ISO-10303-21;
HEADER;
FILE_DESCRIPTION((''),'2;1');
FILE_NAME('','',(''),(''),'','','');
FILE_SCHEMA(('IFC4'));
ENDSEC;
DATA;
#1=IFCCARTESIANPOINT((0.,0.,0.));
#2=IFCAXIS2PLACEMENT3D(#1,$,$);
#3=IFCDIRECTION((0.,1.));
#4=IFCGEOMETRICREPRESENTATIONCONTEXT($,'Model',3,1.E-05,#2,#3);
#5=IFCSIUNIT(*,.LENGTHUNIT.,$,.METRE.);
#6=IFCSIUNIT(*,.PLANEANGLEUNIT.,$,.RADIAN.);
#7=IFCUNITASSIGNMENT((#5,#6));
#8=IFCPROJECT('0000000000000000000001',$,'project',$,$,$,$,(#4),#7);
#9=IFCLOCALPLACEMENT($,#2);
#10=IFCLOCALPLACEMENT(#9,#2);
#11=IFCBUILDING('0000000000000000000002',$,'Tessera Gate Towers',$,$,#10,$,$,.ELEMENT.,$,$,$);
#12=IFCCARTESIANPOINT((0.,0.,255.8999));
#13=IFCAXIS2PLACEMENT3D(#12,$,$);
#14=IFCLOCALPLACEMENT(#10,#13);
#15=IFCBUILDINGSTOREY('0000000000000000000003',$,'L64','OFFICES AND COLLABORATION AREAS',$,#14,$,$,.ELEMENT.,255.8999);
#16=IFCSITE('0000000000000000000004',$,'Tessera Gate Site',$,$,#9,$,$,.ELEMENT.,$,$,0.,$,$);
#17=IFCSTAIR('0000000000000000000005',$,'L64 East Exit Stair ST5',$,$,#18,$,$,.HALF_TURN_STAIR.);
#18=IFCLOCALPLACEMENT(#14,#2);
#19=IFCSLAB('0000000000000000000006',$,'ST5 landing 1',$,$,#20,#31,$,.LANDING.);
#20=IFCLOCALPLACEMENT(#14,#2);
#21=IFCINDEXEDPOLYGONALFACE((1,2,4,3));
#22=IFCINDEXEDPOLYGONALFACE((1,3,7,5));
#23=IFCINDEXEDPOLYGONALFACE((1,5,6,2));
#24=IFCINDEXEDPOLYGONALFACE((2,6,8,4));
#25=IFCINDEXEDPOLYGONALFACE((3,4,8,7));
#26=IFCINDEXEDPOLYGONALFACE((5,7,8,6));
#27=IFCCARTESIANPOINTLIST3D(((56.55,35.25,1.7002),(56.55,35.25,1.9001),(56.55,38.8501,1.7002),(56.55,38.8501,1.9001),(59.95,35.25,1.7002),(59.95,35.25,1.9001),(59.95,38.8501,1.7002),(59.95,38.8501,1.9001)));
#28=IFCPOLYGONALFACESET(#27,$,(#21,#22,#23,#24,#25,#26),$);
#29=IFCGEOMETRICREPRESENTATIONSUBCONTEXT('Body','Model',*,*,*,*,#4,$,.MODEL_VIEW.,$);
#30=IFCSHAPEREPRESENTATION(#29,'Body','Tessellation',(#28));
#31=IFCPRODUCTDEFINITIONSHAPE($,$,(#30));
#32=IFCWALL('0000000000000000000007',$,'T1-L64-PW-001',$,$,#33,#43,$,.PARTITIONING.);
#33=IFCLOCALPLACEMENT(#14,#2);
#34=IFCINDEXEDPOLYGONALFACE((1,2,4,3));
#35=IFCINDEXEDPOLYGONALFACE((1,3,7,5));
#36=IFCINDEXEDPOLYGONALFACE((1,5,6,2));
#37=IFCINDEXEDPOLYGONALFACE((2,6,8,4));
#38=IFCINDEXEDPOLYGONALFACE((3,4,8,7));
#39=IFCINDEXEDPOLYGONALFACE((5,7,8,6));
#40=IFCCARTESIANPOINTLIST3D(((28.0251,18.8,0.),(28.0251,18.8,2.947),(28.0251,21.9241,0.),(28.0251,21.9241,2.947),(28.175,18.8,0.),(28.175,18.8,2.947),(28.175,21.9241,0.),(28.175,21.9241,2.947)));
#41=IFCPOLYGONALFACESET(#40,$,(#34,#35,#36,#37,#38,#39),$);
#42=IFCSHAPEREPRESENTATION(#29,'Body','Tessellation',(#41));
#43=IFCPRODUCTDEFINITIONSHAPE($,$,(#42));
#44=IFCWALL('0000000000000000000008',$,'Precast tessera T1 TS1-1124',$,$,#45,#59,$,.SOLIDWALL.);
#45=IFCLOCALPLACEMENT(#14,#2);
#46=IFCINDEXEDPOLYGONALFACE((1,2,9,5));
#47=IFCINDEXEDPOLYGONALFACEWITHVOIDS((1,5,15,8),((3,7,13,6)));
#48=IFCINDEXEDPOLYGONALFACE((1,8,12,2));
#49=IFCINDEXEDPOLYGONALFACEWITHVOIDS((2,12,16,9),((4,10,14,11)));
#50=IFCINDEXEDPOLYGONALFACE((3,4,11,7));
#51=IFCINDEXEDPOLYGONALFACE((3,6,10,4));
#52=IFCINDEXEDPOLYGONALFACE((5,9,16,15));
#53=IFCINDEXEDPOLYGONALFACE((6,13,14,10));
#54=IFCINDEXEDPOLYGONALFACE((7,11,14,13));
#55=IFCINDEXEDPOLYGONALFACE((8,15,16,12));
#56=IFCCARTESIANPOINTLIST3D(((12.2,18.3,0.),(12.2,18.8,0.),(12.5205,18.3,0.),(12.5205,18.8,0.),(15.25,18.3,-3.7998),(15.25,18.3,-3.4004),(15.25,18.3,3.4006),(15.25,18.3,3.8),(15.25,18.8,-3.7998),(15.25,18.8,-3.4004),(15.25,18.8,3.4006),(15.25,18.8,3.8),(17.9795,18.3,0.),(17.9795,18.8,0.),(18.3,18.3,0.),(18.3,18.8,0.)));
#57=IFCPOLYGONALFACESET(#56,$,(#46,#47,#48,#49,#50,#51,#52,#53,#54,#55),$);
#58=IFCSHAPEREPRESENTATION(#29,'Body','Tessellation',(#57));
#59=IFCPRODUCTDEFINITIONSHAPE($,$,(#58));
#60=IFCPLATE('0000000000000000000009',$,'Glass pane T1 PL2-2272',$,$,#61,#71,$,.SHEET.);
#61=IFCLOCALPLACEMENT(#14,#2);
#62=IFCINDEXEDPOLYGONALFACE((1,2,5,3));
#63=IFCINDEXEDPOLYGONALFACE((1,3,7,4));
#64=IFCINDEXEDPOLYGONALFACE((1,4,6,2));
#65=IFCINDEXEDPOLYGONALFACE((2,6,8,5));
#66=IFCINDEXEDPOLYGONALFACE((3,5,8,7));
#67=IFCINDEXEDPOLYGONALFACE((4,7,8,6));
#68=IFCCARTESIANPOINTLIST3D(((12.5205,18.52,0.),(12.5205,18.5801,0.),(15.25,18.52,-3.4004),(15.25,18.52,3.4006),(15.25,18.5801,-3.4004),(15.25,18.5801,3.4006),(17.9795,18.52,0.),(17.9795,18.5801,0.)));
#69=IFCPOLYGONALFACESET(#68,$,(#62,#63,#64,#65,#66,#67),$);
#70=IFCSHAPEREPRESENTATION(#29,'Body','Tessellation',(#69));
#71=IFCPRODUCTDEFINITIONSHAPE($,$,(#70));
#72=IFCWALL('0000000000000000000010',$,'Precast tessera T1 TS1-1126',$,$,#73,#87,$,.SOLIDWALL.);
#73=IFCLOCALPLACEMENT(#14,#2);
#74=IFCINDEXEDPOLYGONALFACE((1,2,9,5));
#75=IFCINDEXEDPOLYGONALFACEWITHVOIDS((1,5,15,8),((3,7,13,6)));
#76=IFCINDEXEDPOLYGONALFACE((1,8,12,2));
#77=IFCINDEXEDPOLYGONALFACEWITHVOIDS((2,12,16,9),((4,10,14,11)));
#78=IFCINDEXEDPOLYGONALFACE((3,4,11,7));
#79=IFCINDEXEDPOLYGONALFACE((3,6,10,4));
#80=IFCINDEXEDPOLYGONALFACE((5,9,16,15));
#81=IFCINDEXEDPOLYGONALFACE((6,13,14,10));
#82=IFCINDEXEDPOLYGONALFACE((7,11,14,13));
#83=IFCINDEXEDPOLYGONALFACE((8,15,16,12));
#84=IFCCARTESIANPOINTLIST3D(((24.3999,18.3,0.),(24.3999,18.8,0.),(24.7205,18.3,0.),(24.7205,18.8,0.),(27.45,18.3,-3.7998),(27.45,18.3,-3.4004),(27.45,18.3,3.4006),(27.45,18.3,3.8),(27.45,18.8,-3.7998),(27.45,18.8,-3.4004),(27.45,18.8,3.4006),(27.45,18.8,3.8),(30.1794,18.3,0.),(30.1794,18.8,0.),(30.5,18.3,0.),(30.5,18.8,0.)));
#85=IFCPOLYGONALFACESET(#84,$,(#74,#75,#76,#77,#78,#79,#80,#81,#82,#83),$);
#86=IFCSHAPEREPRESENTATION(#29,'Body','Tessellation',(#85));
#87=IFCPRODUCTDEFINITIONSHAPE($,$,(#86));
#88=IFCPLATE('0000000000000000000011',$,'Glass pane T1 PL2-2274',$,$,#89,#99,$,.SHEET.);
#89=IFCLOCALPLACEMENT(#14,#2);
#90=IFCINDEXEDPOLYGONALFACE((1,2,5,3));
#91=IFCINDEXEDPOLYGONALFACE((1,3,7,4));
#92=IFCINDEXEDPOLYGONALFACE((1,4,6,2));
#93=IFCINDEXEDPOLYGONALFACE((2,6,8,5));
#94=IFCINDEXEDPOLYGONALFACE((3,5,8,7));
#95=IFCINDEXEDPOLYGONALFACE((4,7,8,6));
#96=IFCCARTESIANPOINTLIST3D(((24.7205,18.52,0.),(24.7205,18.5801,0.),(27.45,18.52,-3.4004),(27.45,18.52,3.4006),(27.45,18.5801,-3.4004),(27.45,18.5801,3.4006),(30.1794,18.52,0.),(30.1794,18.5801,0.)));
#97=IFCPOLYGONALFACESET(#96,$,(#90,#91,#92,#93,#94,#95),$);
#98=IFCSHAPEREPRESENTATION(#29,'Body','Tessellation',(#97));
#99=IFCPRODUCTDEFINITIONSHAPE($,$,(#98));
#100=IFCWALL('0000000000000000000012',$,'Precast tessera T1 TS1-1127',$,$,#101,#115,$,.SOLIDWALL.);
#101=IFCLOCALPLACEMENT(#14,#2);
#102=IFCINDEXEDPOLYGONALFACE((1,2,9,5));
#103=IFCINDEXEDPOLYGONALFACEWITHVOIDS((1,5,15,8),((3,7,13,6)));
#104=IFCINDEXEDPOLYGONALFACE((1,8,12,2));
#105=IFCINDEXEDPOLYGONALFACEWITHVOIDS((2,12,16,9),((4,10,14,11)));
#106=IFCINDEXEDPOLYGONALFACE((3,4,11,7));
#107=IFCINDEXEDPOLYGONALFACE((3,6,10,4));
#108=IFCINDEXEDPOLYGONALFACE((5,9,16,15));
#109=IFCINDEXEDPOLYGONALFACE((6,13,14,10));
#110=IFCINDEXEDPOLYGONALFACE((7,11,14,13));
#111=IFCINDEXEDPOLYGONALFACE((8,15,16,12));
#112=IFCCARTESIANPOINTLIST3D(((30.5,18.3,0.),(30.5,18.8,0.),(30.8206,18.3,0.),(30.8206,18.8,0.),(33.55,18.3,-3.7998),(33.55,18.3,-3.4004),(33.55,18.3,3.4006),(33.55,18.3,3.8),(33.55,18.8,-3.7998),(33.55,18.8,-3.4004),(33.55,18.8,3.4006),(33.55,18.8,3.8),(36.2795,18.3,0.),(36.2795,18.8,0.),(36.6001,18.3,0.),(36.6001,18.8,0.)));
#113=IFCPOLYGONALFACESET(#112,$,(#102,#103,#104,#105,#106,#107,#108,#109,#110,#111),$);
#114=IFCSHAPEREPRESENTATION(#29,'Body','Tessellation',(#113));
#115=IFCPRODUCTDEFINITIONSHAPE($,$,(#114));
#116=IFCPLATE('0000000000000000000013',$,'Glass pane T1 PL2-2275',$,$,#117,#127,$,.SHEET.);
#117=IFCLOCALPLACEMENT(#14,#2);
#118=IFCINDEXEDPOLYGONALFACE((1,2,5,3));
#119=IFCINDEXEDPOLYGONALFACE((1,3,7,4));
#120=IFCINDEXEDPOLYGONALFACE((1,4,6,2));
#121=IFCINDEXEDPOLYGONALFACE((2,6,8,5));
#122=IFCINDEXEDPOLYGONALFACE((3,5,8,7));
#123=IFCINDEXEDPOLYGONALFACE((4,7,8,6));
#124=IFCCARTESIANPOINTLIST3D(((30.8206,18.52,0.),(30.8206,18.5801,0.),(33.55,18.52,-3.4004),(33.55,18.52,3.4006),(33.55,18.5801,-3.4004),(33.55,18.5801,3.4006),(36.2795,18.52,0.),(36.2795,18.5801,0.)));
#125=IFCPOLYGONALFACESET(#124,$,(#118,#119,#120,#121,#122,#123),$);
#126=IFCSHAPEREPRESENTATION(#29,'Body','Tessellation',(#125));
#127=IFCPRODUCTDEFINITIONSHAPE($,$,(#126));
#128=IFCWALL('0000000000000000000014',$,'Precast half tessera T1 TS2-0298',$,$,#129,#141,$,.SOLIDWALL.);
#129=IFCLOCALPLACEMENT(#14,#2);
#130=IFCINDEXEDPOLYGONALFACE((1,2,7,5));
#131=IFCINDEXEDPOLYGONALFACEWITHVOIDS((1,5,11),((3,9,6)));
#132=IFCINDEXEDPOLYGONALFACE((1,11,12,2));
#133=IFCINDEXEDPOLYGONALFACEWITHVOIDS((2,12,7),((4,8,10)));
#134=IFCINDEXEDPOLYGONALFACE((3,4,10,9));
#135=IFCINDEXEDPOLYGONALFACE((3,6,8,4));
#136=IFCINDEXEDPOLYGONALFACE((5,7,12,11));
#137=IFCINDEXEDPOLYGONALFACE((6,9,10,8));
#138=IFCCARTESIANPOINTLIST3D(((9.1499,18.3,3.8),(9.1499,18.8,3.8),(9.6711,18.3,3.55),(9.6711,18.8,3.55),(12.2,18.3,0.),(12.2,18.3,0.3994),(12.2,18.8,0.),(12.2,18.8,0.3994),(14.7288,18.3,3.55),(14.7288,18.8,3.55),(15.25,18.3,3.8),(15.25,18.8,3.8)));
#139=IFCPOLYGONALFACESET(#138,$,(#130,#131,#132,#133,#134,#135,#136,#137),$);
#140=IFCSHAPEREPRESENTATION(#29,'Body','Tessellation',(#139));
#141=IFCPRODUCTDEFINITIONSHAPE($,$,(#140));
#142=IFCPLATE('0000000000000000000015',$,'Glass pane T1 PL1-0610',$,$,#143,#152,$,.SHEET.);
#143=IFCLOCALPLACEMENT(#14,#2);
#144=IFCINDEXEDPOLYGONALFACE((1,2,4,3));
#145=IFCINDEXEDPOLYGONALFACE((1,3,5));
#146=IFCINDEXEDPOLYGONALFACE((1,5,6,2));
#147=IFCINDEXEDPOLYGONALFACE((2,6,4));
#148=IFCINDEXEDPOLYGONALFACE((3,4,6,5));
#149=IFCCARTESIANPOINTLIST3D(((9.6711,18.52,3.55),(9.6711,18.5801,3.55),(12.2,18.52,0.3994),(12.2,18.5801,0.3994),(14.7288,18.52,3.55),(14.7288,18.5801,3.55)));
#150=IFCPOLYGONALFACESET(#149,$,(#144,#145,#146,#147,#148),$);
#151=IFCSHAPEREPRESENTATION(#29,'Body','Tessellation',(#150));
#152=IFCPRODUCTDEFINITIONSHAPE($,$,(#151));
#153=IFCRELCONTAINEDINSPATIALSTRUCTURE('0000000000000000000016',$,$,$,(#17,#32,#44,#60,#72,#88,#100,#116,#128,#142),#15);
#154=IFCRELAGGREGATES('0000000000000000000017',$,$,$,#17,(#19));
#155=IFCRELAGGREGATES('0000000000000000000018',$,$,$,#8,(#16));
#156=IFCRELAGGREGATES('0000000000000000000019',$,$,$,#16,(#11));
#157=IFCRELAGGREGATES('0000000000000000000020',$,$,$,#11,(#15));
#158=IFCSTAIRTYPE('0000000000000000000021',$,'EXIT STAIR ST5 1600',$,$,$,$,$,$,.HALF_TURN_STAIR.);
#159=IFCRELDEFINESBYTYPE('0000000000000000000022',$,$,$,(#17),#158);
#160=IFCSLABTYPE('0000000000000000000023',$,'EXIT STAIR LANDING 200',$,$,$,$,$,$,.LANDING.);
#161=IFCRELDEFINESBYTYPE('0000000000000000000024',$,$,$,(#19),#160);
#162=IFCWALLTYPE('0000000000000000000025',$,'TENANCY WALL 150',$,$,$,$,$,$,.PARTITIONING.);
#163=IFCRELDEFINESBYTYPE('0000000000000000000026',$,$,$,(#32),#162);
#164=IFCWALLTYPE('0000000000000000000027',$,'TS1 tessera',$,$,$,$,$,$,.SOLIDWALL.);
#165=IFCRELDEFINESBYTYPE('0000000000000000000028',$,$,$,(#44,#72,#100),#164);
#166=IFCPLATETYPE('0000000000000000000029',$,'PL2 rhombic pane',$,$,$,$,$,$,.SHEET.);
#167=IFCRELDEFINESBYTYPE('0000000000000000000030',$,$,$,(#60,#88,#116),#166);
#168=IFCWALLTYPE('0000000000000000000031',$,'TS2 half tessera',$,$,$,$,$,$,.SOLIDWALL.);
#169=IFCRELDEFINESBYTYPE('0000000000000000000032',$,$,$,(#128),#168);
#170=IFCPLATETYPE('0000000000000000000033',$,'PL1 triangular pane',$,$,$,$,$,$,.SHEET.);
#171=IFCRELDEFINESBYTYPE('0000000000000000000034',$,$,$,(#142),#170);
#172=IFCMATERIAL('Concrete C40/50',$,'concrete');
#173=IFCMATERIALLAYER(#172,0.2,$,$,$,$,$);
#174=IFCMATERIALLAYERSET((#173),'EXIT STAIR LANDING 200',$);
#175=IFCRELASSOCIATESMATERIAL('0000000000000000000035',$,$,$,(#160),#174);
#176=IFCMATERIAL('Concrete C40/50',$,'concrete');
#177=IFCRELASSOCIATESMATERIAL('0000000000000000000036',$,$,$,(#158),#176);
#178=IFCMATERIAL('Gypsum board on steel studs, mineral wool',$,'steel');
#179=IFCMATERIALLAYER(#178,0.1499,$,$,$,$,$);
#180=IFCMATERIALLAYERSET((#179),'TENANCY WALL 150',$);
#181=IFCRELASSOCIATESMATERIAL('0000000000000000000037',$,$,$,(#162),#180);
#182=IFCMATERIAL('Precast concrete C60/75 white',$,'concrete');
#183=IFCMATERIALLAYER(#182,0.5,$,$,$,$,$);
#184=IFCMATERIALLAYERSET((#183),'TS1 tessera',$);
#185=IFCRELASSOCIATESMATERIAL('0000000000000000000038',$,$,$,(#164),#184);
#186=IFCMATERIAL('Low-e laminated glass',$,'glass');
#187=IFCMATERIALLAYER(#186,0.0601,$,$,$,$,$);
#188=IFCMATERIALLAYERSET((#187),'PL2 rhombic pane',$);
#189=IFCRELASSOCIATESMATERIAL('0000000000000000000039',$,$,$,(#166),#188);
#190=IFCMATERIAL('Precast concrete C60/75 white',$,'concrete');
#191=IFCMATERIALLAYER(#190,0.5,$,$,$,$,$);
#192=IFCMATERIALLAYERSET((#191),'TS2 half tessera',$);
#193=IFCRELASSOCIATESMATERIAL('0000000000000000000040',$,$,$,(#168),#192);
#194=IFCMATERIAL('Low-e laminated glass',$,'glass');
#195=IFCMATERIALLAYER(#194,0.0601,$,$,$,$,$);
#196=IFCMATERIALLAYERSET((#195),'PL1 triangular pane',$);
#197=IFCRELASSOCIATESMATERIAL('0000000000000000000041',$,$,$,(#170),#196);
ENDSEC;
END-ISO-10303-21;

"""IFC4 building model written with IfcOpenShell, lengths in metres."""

from ifc_helpers import new_model, si_unit, direction, frame, frame_2d, origin, place, context, subcontext, project, spatial, polyline, rectangle, outline, extrude, source, transform, mapped, material, layer, layer_set, type_object, element, fill, aggregate, save


model = new_model("IFC4")

# Units and contexts
model_context = context("Model", 3, precision=1e-05, world=origin(), true_north=direction((0.0, 1.0)))
body_context = subcontext(model_context, "Body", "Model", "MODEL_VIEW")
ifc_project = project(units=[si_unit("LENGTHUNIT", "METRE"), si_unit("PLANEANGLEUNIT", "RADIAN")], contexts=[model_context])

# Site, building, storey
site_placement = place(None, origin())
site = spatial("IfcSite", under=ifc_project, at=site_placement, Name="Tessera Gate Site", CompositionType="ELEMENT", RefElevation=0.0)
building_placement = place(site_placement, origin())
building = spatial("IfcBuilding", under=site, at=building_placement, Name="Tessera Gate Towers", CompositionType="ELEMENT")
storey_placement = place(building_placement, frame((0.0, 0.0, 255.8999)))
storey = spatial("IfcBuildingStorey", under=building, at=storey_placement, Name="L64", Description="OFFICES AND COLLABORATION AREAS", CompositionType="ELEMENT", Elevation=255.8999)

# Stair, slab
ifc_material_1 = material(Name="Concrete C40/50", Category="concrete")
ifc_layer_1 = layer(ifc_material_1, 0.2)
ifc_layer_set_1 = layer_set([ifc_layer_1], Name="EXIT STAIR LANDING 200")
slab_type_1 = type_object("IfcSlabType", Name="EXIT STAIR LANDING 200", PredefinedType="LANDING", material=ifc_layer_set_1)
ifc_material_2 = material(Name="Concrete C40/50", Category="concrete")
stair_type_1 = type_object("IfcStairType", Name="EXIT STAIR ST5 1600", PredefinedType="HALF_TURN_STAIR", material=ifc_material_2)
stair_1_placement = place(storey_placement, origin())
stair_1 = element("IfcStair", 1, at=stair_1_placement, inside=storey, type_object=stair_type_1, Name="L64 East Exit Stair ST5", PredefinedType="HALF_TURN_STAIR")
slab_1_placement = place(storey_placement, frame((0.0, 0.0, 1.7002)))
slab_1 = element("IfcSlab", 2, at=slab_1_placement, type_object=slab_type_1, Name="ST5 landing 1", PredefinedType="LANDING", context=body_context, shape_type="SweptSolid", body=[
    extrude(outline(polyline([(59.95, 35.25), (59.95, 38.8501), (56.55, 38.8501), (56.55, 35.25), (59.95, 35.25)])), origin(), (0.0, 0.0, 1.0), 0.2),
])
aggregate(stair_1, [slab_1])

# Wall
ifc_material_3 = material(Name="Gypsum board on steel studs, mineral wool", Category="steel")
ifc_layer_2 = layer(ifc_material_3, 0.1499)
ifc_layer_set_2 = layer_set([ifc_layer_2], Name="TENANCY WALL 150")
wall_type_1 = type_object("IfcWallType", Name="TENANCY WALL 150", PredefinedType="PARTITIONING", material=ifc_layer_set_2)
wall_1_placement = place(storey_placement, frame((28.1001, 18.8, 0.0), z_axis=(0.0, 0.0, 1.0), x_axis=(0.0, 1.0, 0.0)))
element("IfcWall", 3, at=wall_1_placement, inside=storey, type_object=wall_type_1, Name="T1-L64-PW-001", PredefinedType="PARTITIONING", context=body_context, shape_type="SweptSolid", body=[
    extrude(rectangle(XDim=3.124, YDim=0.1499, at=frame_2d((1.562, 0.0))), origin(), (0.0, 0.0, 1.0), 2.947),
])

# Walls, openings, plates
ifc_material_4 = material(Name="Precast concrete C60/75 white", Category="concrete")
ifc_layer_3 = layer(ifc_material_4, 0.5)
ifc_layer_set_3 = layer_set([ifc_layer_3], Name="TS1 tessera")
wall_type_2 = type_object("IfcWallType", Name="TS1 tessera", PredefinedType="SOLIDWALL", material=ifc_layer_set_3)
shared_shape_1 = source(origin(), body_context, "Body", "SweptSolid", [
    extrude(outline(polyline([(3.05, 0.0), (6.1001, 3.7998), (3.05, 7.5999), (0.0, 3.7998), (3.05, 0.0)])), frame((0.0, 0.25, 0.0), z_axis=(0.0, -1.0, 0.0), x_axis=(1.0, 0.0, 0.0)), (0.0, 0.0, 1.0), 0.5),
])
wall_2_placement = place(storey_placement, frame((12.2, 18.55, -3.7998), z_axis=(0.0, 0.0, 1.0), x_axis=(1.0, 0.0, 0.0)))
wall_2 = element("IfcWall", 4, at=wall_2_placement, inside=storey, type_object=wall_type_2, Name="Precast tessera T1 TS1-1124", PredefinedType="SOLIDWALL", context=body_context, shape_type="MappedRepresentation", body=[
    mapped(shared_shape_1, transform((0.0, 0.0, 0.0), scale=1.0)),
])
shared_shape_2 = source(origin(), body_context, "Body", "SweptSolid", [
    extrude(outline(polyline([(3.05, 0.3994), (5.7795, 3.7998), (3.05, 7.2004), (0.3206, 3.7998), (3.05, 0.3994)])), frame((0.0, 0.26, 0.0), z_axis=(0.0, -1.0, 0.0), x_axis=(1.0, 0.0, 0.0)), (0.0, 0.0, 1.0), 0.52),
])
opening_1_placement = place(wall_2_placement, origin())
opening_1 = element("IfcOpeningElement", 5, at=opening_1_placement, cuts=wall_2, PredefinedType="OPENING", context=body_context, shape_type="MappedRepresentation", body=[
    mapped(shared_shape_2, transform((0.0, 0.0, 0.0), scale=1.0)),
])
ifc_material_5 = material(Name="Low-e laminated glass", Category="glass")
ifc_layer_4 = layer(ifc_material_5, 0.0601)
ifc_layer_set_4 = layer_set([ifc_layer_4], Name="PL2 rhombic pane")
plate_type_1 = type_object("IfcPlateType", Name="PL2 rhombic pane", PredefinedType="SHEET", material=ifc_layer_set_4)
shared_shape_3 = source(origin(), body_context, "Body", "SweptSolid", [
    extrude(outline(polyline([(3.05, 0.3994), (5.7795, 3.7998), (3.05, 7.2004), (0.3206, 3.7998), (3.05, 0.3994)])), frame((0.0, 0.03, 0.0), z_axis=(0.0, -1.0, 0.0), x_axis=(1.0, 0.0, 0.0)), (0.0, 0.0, 1.0), 0.0601),
])
plate_1_placement = place(opening_1_placement, origin())
plate_1 = element("IfcPlate", 6, at=plate_1_placement, inside=storey, type_object=plate_type_1, Name="Glass pane T1 PL2-2272", PredefinedType="SHEET", context=body_context, shape_type="MappedRepresentation", body=[
    mapped(shared_shape_3, transform((0.0, 0.0, 0.0), scale=1.0)),
])
fill(opening_1, plate_1)
wall_3_placement = place(storey_placement, frame((24.3999, 18.55, -3.7998), z_axis=(0.0, 0.0, 1.0), x_axis=(1.0, 0.0, 0.0)))
wall_3 = element("IfcWall", 7, at=wall_3_placement, inside=storey, type_object=wall_type_2, Name="Precast tessera T1 TS1-1126", PredefinedType="SOLIDWALL", context=body_context, shape_type="MappedRepresentation", body=[
    mapped(shared_shape_1, transform((0.0, 0.0, 0.0), scale=1.0)),
])
opening_2_placement = place(wall_3_placement, origin())
opening_2 = element("IfcOpeningElement", 8, at=opening_2_placement, cuts=wall_3, PredefinedType="OPENING", context=body_context, shape_type="MappedRepresentation", body=[
    mapped(shared_shape_2, transform((0.0, 0.0, 0.0), scale=1.0)),
])
plate_2_placement = place(opening_2_placement, origin())
plate_2 = element("IfcPlate", 9, at=plate_2_placement, inside=storey, type_object=plate_type_1, Name="Glass pane T1 PL2-2274", PredefinedType="SHEET", context=body_context, shape_type="MappedRepresentation", body=[
    mapped(shared_shape_3, transform((0.0, 0.0, 0.0), scale=1.0)),
])
fill(opening_2, plate_2)
wall_4_placement = place(storey_placement, frame((30.5, 18.55, -3.7998), z_axis=(0.0, 0.0, 1.0), x_axis=(1.0, 0.0, 0.0)))
wall_4 = element("IfcWall", 10, at=wall_4_placement, inside=storey, type_object=wall_type_2, Name="Precast tessera T1 TS1-1127", PredefinedType="SOLIDWALL", context=body_context, shape_type="MappedRepresentation", body=[
    mapped(shared_shape_1, transform((0.0, 0.0, 0.0), scale=1.0)),
])
opening_3_placement = place(wall_4_placement, origin())
opening_3 = element("IfcOpeningElement", 11, at=opening_3_placement, cuts=wall_4, PredefinedType="OPENING", context=body_context, shape_type="MappedRepresentation", body=[
    mapped(shared_shape_2, transform((0.0, 0.0, 0.0), scale=1.0)),
])
plate_3_placement = place(opening_3_placement, origin())
plate_3 = element("IfcPlate", 12, at=plate_3_placement, inside=storey, type_object=plate_type_1, Name="Glass pane T1 PL2-2275", PredefinedType="SHEET", context=body_context, shape_type="MappedRepresentation", body=[
    mapped(shared_shape_3, transform((0.0, 0.0, 0.0), scale=1.0)),
])
fill(opening_3, plate_3)
ifc_material_6 = material(Name="Precast concrete C60/75 white", Category="concrete")
ifc_layer_5 = layer(ifc_material_6, 0.5)
ifc_layer_set_5 = layer_set([ifc_layer_5], Name="TS2 half tessera")
wall_type_3 = type_object("IfcWallType", Name="TS2 half tessera", PredefinedType="SOLIDWALL", material=ifc_layer_set_5)
shared_shape_4 = source(origin(), body_context, "Body", "SweptSolid", [
    extrude(outline(polyline([(3.05, 0.0), (6.1001, 3.8), (0.0, 3.8), (3.05, 0.0)])), frame((0.0, 0.25, 0.0), z_axis=(0.0, -1.0, 0.0), x_axis=(1.0, 0.0, 0.0)), (0.0, 0.0, 1.0), 0.5),
])
wall_5_placement = place(storey_placement, frame((9.1499, 18.55, 0.0), z_axis=(0.0, 0.0, 1.0), x_axis=(1.0, 0.0, 0.0)))
wall_5 = element("IfcWall", 13, at=wall_5_placement, inside=storey, type_object=wall_type_3, Name="Precast half tessera T1 TS2-0298", PredefinedType="SOLIDWALL", context=body_context, shape_type="MappedRepresentation", body=[
    mapped(shared_shape_4, transform((0.0, 0.0, 0.0), scale=1.0)),
])
shared_shape_5 = source(origin(), body_context, "Body", "SweptSolid", [
    extrude(outline(polyline([(3.05, 0.3994), (5.5789, 3.55), (0.5212, 3.55), (3.05, 0.3994)])), frame((0.0, 0.26, 0.0), z_axis=(0.0, -1.0, 0.0), x_axis=(1.0, 0.0, 0.0)), (0.0, 0.0, 1.0), 0.52),
])
opening_4_placement = place(wall_5_placement, origin())
opening_4 = element("IfcOpeningElement", 14, at=opening_4_placement, cuts=wall_5, PredefinedType="OPENING", context=body_context, shape_type="MappedRepresentation", body=[
    mapped(shared_shape_5, transform((0.0, 0.0, 0.0), scale=1.0)),
])
ifc_material_7 = material(Name="Low-e laminated glass", Category="glass")
ifc_layer_6 = layer(ifc_material_7, 0.0601)
ifc_layer_set_6 = layer_set([ifc_layer_6], Name="PL1 triangular pane")
plate_type_2 = type_object("IfcPlateType", Name="PL1 triangular pane", PredefinedType="SHEET", material=ifc_layer_set_6)
shared_shape_6 = source(origin(), body_context, "Body", "SweptSolid", [
    extrude(outline(polyline([(3.05, 0.3994), (5.5789, 3.55), (0.5212, 3.55), (3.05, 0.3994)])), frame((0.0, 0.03, 0.0), z_axis=(0.0, -1.0, 0.0), x_axis=(1.0, 0.0, 0.0)), (0.0, 0.0, 1.0), 0.0601),
])
plate_4_placement = place(opening_4_placement, origin())
plate_4 = element("IfcPlate", 15, at=plate_4_placement, inside=storey, type_object=plate_type_2, Name="Glass pane T1 PL1-0610", PredefinedType="SHEET", context=body_context, shape_type="MappedRepresentation", body=[
    mapped(shared_shape_6, transform((0.0, 0.0, 0.0), scale=1.0)),
])
fill(opening_4, plate_4)

save(model, "model.ifc")
